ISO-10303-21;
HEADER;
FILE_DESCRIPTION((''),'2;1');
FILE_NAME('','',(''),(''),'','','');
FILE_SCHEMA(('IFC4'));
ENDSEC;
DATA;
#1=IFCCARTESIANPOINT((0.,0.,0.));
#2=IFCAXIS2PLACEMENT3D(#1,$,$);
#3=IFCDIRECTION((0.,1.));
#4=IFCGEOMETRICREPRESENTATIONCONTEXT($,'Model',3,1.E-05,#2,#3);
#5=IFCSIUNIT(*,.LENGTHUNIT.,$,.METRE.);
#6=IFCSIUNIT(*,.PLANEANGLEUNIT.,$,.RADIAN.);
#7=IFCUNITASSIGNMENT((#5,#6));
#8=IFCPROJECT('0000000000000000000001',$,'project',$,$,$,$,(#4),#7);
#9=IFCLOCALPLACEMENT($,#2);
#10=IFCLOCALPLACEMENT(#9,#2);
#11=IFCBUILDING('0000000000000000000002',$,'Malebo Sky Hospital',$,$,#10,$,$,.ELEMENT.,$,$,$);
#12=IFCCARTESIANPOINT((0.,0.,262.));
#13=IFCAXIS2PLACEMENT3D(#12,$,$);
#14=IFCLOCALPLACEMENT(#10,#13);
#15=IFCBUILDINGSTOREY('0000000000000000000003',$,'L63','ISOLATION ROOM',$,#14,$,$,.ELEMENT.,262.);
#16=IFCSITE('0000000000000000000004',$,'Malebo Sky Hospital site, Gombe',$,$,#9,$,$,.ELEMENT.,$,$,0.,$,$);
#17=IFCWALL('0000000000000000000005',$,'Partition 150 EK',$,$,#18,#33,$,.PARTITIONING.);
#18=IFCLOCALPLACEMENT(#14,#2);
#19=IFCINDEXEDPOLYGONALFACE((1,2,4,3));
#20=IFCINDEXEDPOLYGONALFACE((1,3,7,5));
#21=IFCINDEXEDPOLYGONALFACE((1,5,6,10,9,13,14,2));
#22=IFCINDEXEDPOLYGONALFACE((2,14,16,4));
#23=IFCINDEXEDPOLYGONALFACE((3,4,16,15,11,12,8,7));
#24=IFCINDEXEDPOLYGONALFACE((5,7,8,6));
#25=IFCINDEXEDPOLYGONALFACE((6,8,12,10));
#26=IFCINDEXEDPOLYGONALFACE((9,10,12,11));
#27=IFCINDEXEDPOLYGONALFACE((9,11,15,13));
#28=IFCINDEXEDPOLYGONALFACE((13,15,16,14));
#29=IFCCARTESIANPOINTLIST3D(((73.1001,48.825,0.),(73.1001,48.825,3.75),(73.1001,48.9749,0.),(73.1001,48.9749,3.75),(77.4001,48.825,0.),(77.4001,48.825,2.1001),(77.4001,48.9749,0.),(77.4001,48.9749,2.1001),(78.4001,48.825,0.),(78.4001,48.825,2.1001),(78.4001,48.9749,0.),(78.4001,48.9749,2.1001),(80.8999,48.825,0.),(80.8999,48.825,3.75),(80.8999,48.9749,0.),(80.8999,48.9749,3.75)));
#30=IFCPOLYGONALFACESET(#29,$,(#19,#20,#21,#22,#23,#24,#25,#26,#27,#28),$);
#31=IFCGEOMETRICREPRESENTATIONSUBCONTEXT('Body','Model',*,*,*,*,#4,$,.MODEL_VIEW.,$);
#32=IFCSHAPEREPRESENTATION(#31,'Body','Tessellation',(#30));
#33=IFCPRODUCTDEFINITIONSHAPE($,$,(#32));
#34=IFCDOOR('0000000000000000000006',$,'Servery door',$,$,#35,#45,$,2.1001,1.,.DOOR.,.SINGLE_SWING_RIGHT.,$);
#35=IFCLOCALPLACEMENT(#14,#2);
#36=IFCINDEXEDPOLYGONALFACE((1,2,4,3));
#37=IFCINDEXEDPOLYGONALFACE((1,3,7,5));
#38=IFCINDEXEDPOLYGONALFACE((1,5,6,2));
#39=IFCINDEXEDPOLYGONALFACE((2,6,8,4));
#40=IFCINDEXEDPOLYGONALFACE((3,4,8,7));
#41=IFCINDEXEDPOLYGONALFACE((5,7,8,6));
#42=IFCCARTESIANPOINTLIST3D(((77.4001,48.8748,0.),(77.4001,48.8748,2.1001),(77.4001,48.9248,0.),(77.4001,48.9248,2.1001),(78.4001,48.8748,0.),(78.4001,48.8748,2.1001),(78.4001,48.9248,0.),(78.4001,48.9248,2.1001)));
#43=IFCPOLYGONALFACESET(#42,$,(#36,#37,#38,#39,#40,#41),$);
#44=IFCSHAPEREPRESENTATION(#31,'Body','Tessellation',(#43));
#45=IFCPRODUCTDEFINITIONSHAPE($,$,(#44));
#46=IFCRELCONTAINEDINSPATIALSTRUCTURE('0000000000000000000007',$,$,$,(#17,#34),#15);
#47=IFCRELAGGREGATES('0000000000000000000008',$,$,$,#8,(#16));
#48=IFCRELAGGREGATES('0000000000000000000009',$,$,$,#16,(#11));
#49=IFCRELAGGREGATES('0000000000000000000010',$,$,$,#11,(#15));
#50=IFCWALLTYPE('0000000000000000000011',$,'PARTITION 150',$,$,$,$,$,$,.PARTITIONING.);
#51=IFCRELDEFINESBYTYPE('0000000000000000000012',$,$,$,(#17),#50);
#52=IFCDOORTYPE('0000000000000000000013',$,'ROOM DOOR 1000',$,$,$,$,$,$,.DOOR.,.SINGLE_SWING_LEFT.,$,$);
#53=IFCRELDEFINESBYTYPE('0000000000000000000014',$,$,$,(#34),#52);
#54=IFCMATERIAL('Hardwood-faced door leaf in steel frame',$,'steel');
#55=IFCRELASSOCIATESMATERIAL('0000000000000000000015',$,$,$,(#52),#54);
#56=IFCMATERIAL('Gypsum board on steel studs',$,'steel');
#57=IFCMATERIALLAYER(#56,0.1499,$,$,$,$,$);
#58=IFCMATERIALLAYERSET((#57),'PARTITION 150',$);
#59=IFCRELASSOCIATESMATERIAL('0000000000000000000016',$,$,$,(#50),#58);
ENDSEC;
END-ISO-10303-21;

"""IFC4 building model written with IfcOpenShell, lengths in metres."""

from ifc_helpers import new_model, si_unit, direction, frame, frame_2d, origin, place, context, subcontext, project, spatial, rectangle, extrude, material, layer, layer_set, type_object, element, fill, save


model = new_model("IFC4")

# Units and contexts
model_context = context("Model", 3, precision=1e-05, world=origin(), true_north=direction((0.0, 1.0)))
body_context = subcontext(model_context, "Body", "Model", "MODEL_VIEW")
ifc_project = project(units=[si_unit("LENGTHUNIT", "METRE"), si_unit("PLANEANGLEUNIT", "RADIAN")], contexts=[model_context])

# Site, building, storey
site_placement = place(None, origin())
site = spatial("IfcSite", under=ifc_project, at=site_placement, Name="Malebo Sky Hospital site, Gombe", CompositionType="ELEMENT", RefElevation=0.0)
building_placement = place(site_placement, origin())
building = spatial("IfcBuilding", under=site, at=building_placement, Name="Malebo Sky Hospital", CompositionType="ELEMENT")
storey_placement = place(building_placement, frame((0.0, 0.0, 262.0)))
storey = spatial("IfcBuildingStorey", under=building, at=storey_placement, Name="L63", Description="ISOLATION ROOM", CompositionType="ELEMENT", Elevation=262.0)

# Shared definitions
ifc_material_1 = material(Name="Gypsum board on steel studs", Category="steel")
ifc_material_2 = material(Name="Hardwood-faced door leaf in steel frame", Category="steel")
door_type_1 = type_object("IfcDoorType", Name="ROOM DOOR 1000", OperationType="SINGLE_SWING_LEFT", PredefinedType="DOOR", material=ifc_material_2)

# Shared definitions
ifc_layer_1 = layer(ifc_material_1, 0.1499)
ifc_layer_set_1 = layer_set([ifc_layer_1], Name="PARTITION 150")
wall_type_1 = type_object("IfcWallType", Name="PARTITION 150", PredefinedType="PARTITIONING", material=ifc_layer_set_1)

# Wall, opening, door
wall_1_placement = place(storey_placement, frame((73.1001, 48.8999, 0.0), z_axis=(0.0, 0.0, 1.0), x_axis=(1.0, 0.0, 0.0)))
wall_1 = element("IfcWall", 1, at=wall_1_placement, inside=storey, type_object=wall_type_1, Name="Partition 150 EK", PredefinedType="PARTITIONING", context=body_context, shape_type="SweptSolid", body=[
    extrude(rectangle(XDim=7.7998, YDim=0.1499, at=frame_2d((3.8999, 0.0))), origin(), (0.0, 0.0, 1.0), 3.75),
])
opening_1_placement = place(wall_1_placement, frame((4.3, 0.0, 0.0)))
opening_1 = element("IfcOpeningElement", 2, at=opening_1_placement, cuts=wall_1, PredefinedType="OPENING", context=body_context, shape_type="SweptSolid", body=[
    extrude(rectangle(XDim=1.0, YDim=2.1001, at=frame_2d((0.5, 1.05))), frame((0.0, 0.085, 0.0), z_axis=(0.0, -1.0, 0.0), x_axis=(1.0, 0.0, 0.0)), (0.0, 0.0, 1.0), 0.1699),
])
door_1_placement = place(opening_1_placement, origin())
door_1 = element("IfcDoor", 3, at=door_1_placement, inside=storey, type_object=door_type_1, Name="Servery door", OperationType="SINGLE_SWING_RIGHT", OverallHeight=2.1001, OverallWidth=1.0, PredefinedType="DOOR", context=body_context, shape_type="SweptSolid", body=[
    extrude(rectangle(XDim=1.0, YDim=2.1001, at=frame_2d((0.5, 1.05))), frame((0.0, 0.0249, 0.0), z_axis=(0.0, -1.0, 0.0), x_axis=(1.0, 0.0, 0.0)), (0.0, 0.0, 1.0), 0.05),
])
fill(opening_1, door_1)

save(model, "model.ifc")
